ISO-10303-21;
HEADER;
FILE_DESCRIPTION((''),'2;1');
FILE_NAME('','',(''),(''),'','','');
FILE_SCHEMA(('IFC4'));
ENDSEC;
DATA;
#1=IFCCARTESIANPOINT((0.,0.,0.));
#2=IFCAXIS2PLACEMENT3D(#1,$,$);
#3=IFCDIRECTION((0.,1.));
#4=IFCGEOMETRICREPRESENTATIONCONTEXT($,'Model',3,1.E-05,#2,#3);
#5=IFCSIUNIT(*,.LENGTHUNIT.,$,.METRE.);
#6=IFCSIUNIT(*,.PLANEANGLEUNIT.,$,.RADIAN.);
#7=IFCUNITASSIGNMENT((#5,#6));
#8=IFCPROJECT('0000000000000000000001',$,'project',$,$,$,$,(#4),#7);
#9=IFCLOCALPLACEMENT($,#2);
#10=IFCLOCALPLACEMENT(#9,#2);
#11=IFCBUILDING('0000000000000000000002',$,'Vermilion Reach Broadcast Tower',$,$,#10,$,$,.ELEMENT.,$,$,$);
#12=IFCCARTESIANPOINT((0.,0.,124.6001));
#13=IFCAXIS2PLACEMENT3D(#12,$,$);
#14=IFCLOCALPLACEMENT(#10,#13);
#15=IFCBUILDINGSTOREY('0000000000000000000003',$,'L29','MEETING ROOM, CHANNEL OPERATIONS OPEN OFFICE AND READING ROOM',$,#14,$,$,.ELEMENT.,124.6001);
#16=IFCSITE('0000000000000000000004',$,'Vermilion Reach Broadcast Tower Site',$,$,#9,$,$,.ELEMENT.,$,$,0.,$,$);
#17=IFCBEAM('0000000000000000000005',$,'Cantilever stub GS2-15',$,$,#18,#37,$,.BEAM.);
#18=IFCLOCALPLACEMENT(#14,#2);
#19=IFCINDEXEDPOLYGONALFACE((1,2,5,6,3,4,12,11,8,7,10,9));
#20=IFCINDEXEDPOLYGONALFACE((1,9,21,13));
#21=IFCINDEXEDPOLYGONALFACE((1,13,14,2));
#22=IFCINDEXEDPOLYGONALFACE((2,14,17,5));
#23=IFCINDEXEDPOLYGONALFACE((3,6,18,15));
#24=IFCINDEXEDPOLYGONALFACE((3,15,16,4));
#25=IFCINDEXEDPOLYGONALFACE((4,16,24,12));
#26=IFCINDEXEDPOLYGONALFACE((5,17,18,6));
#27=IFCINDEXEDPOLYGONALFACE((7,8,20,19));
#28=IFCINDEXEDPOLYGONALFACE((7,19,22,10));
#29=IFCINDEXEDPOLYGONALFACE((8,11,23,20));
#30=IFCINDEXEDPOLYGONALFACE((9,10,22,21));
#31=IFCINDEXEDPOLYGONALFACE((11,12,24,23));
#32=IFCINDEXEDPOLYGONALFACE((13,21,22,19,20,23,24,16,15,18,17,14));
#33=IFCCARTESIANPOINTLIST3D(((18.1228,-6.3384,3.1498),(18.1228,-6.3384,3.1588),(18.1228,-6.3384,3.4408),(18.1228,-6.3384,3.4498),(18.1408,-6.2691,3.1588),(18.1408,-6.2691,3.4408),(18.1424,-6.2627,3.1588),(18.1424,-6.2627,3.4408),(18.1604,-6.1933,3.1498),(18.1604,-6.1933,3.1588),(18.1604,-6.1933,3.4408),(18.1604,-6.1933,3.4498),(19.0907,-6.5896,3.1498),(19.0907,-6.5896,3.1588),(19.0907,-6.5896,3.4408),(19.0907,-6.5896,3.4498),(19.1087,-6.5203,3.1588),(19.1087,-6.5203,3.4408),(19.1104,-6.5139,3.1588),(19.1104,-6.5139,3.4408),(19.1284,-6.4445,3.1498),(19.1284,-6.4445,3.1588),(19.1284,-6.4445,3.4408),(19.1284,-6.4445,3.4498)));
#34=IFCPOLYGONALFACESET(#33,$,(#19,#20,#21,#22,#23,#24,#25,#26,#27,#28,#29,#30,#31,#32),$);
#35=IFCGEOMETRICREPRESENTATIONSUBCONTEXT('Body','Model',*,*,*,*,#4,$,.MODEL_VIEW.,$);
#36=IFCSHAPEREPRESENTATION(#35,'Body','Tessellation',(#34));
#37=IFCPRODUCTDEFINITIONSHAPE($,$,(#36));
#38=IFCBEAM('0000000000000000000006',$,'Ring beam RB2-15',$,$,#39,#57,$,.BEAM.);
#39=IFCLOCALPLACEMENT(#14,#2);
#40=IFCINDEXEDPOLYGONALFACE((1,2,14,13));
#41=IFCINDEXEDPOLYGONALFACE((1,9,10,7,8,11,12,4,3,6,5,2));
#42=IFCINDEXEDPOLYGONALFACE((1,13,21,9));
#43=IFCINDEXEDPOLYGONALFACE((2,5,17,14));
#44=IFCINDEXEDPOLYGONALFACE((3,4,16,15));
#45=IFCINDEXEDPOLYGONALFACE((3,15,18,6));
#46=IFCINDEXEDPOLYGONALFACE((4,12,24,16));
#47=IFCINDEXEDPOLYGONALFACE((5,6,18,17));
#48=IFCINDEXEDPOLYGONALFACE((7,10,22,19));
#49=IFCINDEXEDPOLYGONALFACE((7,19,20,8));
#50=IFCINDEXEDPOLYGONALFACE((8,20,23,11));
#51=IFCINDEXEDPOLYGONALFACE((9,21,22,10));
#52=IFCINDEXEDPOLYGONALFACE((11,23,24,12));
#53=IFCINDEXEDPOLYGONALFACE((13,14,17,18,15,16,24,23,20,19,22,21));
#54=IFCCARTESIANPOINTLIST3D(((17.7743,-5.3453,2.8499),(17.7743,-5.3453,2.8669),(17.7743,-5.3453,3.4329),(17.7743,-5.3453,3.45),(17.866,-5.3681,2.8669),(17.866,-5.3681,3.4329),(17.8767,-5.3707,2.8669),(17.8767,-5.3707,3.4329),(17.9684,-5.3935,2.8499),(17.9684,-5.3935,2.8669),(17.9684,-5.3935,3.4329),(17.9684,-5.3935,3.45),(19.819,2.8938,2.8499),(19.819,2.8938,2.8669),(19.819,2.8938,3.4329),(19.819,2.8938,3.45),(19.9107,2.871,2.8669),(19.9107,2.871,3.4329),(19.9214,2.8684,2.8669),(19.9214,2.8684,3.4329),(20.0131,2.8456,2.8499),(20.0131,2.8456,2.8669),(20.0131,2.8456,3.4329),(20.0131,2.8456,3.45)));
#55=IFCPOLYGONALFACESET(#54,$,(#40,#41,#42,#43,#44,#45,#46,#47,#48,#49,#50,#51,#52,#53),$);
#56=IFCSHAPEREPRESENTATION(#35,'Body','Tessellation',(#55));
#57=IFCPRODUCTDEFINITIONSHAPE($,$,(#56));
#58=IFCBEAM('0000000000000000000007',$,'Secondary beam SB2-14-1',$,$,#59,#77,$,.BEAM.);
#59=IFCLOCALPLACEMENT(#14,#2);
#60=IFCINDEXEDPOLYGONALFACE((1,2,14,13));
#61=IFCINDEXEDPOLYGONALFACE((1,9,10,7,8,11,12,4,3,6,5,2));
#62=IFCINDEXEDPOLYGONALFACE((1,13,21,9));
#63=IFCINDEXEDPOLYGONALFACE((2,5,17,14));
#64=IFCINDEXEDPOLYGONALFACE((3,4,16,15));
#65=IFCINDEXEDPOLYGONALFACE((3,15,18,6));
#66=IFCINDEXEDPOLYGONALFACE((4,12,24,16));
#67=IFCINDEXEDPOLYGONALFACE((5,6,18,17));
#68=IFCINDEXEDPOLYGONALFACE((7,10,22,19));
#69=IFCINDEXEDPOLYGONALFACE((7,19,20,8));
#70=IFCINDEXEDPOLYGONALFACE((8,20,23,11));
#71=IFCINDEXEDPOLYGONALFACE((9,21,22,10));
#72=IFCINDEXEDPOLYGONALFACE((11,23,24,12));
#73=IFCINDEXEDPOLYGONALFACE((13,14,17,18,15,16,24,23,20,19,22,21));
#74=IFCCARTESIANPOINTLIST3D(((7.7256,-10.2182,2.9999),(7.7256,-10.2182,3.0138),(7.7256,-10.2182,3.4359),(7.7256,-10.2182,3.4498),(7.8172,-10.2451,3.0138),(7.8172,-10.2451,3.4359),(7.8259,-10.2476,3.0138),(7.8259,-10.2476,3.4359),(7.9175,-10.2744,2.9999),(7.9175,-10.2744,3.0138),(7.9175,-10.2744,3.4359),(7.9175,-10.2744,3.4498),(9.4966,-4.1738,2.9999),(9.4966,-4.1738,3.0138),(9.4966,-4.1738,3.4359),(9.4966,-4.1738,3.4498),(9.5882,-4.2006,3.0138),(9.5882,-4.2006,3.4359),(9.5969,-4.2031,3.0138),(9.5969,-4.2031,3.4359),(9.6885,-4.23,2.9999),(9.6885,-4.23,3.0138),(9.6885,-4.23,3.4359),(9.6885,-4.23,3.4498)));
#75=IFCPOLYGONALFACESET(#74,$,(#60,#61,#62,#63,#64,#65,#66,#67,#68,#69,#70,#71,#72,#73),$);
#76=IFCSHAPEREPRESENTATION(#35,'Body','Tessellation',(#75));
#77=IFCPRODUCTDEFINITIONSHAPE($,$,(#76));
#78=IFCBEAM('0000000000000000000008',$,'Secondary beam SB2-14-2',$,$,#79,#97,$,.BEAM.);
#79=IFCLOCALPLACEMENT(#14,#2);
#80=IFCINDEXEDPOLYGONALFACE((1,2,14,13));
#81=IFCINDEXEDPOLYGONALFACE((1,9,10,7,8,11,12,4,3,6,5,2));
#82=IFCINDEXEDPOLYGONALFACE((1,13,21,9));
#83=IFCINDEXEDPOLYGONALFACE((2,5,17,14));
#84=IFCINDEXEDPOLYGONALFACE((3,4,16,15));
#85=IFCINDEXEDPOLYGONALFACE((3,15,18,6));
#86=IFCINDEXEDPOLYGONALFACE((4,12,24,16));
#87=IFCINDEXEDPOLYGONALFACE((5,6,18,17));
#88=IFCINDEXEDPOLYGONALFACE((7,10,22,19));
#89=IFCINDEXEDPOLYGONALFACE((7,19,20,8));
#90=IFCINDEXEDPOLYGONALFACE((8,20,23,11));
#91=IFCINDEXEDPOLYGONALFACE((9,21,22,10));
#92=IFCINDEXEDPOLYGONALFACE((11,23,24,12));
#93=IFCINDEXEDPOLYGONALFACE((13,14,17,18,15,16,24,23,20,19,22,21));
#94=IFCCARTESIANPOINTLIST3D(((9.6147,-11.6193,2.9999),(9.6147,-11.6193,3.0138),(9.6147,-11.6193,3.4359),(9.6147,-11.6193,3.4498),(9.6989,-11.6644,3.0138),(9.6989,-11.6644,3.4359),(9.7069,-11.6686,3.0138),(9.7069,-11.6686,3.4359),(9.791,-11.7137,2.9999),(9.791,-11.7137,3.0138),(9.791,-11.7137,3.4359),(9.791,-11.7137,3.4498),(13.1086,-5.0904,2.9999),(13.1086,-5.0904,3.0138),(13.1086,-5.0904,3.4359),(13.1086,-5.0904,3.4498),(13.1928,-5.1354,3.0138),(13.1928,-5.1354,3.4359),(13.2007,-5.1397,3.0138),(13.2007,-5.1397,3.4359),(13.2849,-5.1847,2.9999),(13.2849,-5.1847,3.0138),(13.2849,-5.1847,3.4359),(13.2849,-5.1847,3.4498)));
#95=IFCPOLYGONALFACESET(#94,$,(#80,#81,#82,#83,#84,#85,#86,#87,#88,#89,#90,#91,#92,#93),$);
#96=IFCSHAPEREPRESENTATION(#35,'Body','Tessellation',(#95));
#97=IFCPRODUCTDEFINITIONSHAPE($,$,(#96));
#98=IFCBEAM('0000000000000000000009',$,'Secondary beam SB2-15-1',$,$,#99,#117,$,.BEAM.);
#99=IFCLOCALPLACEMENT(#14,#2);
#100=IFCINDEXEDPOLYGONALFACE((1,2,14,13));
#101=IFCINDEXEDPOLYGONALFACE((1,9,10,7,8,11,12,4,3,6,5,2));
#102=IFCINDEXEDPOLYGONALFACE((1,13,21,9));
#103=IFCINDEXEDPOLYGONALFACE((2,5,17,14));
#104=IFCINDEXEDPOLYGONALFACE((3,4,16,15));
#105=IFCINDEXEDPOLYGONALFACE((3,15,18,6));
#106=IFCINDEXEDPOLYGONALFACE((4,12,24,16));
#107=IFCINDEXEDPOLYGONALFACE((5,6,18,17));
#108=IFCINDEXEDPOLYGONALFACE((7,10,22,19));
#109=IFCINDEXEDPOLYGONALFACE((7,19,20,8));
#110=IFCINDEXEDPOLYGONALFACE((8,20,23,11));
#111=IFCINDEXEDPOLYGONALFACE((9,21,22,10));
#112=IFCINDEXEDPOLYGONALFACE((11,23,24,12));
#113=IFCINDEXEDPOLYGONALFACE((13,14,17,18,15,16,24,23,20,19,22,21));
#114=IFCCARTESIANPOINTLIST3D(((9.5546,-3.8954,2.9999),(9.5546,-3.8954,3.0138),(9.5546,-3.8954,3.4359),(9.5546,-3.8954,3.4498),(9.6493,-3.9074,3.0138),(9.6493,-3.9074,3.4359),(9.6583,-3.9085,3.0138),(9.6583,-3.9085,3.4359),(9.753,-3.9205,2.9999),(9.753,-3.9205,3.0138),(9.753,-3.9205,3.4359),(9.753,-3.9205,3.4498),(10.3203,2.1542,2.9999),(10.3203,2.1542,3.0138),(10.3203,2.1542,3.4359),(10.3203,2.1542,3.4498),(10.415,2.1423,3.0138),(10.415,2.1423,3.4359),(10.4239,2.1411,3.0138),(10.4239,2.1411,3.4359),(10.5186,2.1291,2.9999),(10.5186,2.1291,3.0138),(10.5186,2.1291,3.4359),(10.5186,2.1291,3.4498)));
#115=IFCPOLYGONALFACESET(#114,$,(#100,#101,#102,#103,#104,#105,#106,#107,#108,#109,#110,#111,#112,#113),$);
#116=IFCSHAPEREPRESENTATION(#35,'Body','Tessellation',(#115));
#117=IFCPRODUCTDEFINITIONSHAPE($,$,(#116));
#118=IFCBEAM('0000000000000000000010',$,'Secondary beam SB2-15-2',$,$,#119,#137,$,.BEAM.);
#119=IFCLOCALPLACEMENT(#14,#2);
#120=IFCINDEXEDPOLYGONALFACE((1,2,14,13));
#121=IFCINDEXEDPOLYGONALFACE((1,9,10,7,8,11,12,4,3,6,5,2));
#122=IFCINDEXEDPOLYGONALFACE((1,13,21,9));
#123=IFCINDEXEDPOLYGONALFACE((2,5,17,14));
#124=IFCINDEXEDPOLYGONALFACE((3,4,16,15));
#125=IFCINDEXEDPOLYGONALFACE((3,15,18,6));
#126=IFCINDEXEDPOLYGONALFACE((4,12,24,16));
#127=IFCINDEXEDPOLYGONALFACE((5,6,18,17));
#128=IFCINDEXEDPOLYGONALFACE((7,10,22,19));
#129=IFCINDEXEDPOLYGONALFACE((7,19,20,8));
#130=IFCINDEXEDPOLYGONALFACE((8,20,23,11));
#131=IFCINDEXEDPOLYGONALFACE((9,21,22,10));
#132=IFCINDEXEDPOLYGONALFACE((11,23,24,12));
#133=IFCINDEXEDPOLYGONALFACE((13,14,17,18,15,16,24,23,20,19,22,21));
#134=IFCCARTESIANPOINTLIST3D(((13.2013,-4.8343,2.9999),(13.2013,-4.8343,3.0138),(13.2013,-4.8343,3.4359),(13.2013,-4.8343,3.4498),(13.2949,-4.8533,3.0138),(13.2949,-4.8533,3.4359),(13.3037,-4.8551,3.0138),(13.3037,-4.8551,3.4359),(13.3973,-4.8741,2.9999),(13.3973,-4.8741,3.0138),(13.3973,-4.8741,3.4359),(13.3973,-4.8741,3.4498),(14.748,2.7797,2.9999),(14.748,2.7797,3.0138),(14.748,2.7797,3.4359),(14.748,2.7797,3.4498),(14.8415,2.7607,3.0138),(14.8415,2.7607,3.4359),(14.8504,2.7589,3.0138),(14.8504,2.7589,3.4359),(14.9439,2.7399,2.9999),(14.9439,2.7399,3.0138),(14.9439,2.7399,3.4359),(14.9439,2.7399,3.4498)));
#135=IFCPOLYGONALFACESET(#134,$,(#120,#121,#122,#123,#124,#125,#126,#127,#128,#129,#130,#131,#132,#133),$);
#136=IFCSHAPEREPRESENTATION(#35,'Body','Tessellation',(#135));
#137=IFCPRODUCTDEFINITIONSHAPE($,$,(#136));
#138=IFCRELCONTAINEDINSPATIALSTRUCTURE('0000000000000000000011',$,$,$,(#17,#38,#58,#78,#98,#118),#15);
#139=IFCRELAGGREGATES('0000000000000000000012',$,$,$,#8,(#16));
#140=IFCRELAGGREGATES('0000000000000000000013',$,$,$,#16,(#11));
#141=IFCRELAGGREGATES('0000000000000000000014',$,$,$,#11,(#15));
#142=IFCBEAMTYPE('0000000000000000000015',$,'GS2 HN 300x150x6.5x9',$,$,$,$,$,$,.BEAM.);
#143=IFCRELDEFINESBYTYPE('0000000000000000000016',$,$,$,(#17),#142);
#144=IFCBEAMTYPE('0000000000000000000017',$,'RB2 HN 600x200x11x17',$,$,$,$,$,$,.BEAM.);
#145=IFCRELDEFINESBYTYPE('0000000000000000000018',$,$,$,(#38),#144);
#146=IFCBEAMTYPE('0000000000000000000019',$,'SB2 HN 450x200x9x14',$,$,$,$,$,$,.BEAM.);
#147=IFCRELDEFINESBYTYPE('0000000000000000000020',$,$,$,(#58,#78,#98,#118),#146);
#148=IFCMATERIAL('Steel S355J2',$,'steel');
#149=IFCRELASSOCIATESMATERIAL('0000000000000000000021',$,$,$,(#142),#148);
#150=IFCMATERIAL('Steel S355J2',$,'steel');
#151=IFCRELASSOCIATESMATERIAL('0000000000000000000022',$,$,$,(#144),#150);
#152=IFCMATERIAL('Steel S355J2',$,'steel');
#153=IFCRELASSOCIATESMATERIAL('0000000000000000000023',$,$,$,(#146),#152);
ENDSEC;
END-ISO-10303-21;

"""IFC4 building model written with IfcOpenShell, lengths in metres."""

from ifc_helpers import new_model, si_unit, direction, frame, origin, origin_2d, place, context, subcontext, project, spatial, i_section, extrude, material, material_profile, profile_set, type_object, element, save


model = new_model("IFC4")

# Units and contexts
model_context = context("Model", 3, precision=1e-05, world=origin(), true_north=direction((0.0, 1.0)))
body_context = subcontext(model_context, "Body", "Model", "MODEL_VIEW")
ifc_project = project(units=[si_unit("LENGTHUNIT", "METRE"), si_unit("PLANEANGLEUNIT", "RADIAN")], contexts=[model_context])

# Site, building, storey
site_placement = place(None, origin())
site = spatial("IfcSite", under=ifc_project, at=site_placement, Name="Vermilion Reach Broadcast Tower Site", CompositionType="ELEMENT", RefElevation=0.0)
building_placement = place(site_placement, origin())
building = spatial("IfcBuilding", under=site, at=building_placement, Name="Vermilion Reach Broadcast Tower", CompositionType="ELEMENT")
storey_placement = place(building_placement, frame((0.0, 0.0, 124.6001)))
storey = spatial("IfcBuildingStorey", under=building, at=storey_placement, Name="L29", Description="MEETING ROOM, CHANNEL OPERATIONS OPEN OFFICE AND READING ROOM", CompositionType="ELEMENT", Elevation=124.6001)

# Beams
ifc_material_1 = material(Name="Steel S355J2", Category="steel")
ifc_material_profile_1 = material_profile(ifc_material_1, i_section(OverallWidth=0.1499, OverallDepth=0.3, WebThickness=0.0066, FlangeThickness=0.009, at=origin_2d()), Name="S355J2 HN 300x150x6.5x9")
ifc_profile_set_1 = profile_set([ifc_material_profile_1], Name="Steel S355J2")
beam_type_1 = type_object("IfcBeamType", Name="GS2 HN 300x150x6.5x9", PredefinedType="BEAM", material=ifc_profile_set_1)
beam_1_placement = place(storey_placement, frame((18.1416, -6.2659, 3.2998), z_axis=(0.967935, -0.251199, 0.0), x_axis=(0.251199, 0.967935, 0.0)))
element("IfcBeam", 1, at=beam_1_placement, inside=storey, type_object=beam_type_1, Name="Cantilever stub GS2-15", PredefinedType="BEAM", context=body_context, shape_type="SweptSolid", body=[
    extrude(i_section(OverallWidth=0.1499, OverallDepth=0.3, WebThickness=0.0066, FlangeThickness=0.009, at=origin_2d()), origin(), (0.0, 0.0, 1.0), 1.0),
])
ifc_material_2 = material(Name="Steel S355J2", Category="steel")
ifc_material_profile_2 = material_profile(ifc_material_2, i_section(OverallWidth=0.2, OverallDepth=0.6001, WebThickness=0.011, FlangeThickness=0.0171, at=origin_2d()), Name="S355J2 HN 600x200x11x17")
ifc_profile_set_2 = profile_set([ifc_material_profile_2], Name="Steel S355J2")
beam_type_2 = type_object("IfcBeamType", Name="RB2 HN 600x200x11x17", PredefinedType="BEAM", material=ifc_profile_set_2)
beam_2_placement = place(storey_placement, frame((17.8713, -5.3694, 3.1499), z_axis=(0.240864, 0.970559, 0.0), x_axis=(-0.970559, 0.240864, 0.0)))
element("IfcBeam", 2, at=beam_2_placement, inside=storey, type_object=beam_type_2, Name="Ring beam RB2-15", PredefinedType="BEAM", context=body_context, shape_type="SweptSolid", body=[
    extrude(i_section(OverallWidth=0.2, OverallDepth=0.6001, WebThickness=0.011, FlangeThickness=0.0171, at=origin_2d()), origin(), (0.0, 0.0, 1.0), 8.489),
])
ifc_material_3 = material(Name="Steel S355J2", Category="steel")
ifc_material_profile_3 = material_profile(ifc_material_3, i_section(OverallWidth=0.2, OverallDepth=0.45, WebThickness=0.009, FlangeThickness=0.0139, at=origin_2d()), Name="S355J2 HN 450x200x9x14")
ifc_profile_set_3 = profile_set([ifc_material_profile_3], Name="Steel S355J2")
beam_type_3 = type_object("IfcBeamType", Name="SB2 HN 450x200x9x14", PredefinedType="BEAM", material=ifc_profile_set_3)
beam_3_placement = place(storey_placement, frame((7.8215, -10.2463, 3.2249), z_axis=(0.281176, 0.959656, 0.0), x_axis=(-0.959656, 0.281176, 0.0)))
element("IfcBeam", 3, at=beam_3_placement, inside=storey, type_object=beam_type_3, Name="Secondary beam SB2-14-1", PredefinedType="BEAM", context=body_context, shape_type="SweptSolid", body=[
    extrude(i_section(OverallWidth=0.2, OverallDepth=0.45, WebThickness=0.009, FlangeThickness=0.0139, at=origin_2d()), origin(), (0.0, 0.0, 1.0), 6.2986),
])
beam_4_placement = place(storey_placement, frame((9.7029, -11.6665, 3.2249), z_axis=(0.471822, 0.881694, 0.0), x_axis=(-0.881694, 0.471822, 0.0)))
element("IfcBeam", 4, at=beam_4_placement, inside=storey, type_object=beam_type_3, Name="Secondary beam SB2-14-2", PredefinedType="BEAM", context=body_context, shape_type="SweptSolid", body=[
    extrude(i_section(OverallWidth=0.2, OverallDepth=0.45, WebThickness=0.009, FlangeThickness=0.0139, at=origin_2d()), origin(), (0.0, 0.0, 1.0), 7.405),
])
beam_5_placement = place(storey_placement, frame((9.6538, -3.908, 3.2249), z_axis=(0.125557, 0.992086, 0.0), x_axis=(-0.992086, 0.125557, 0.0)))
element("IfcBeam", 5, at=beam_5_placement, inside=storey, type_object=beam_type_3, Name="Secondary beam SB2-15-1", PredefinedType="BEAM", context=body_context, shape_type="SweptSolid", body=[
    extrude(i_section(OverallWidth=0.2, OverallDepth=0.45, WebThickness=0.009, FlangeThickness=0.0139, at=origin_2d()), origin(), (0.0, 0.0, 1.0), 6.0979),
])
beam_6_placement = place(storey_placement, frame((13.2993, -4.8542, 3.2249), z_axis=(0.199064, 0.979986, 0.0), x_axis=(-0.979986, 0.199064, 0.0)))
element("IfcBeam", 6, at=beam_6_placement, inside=storey, type_object=beam_type_3, Name="Secondary beam SB2-15-2", PredefinedType="BEAM", context=body_context, shape_type="SweptSolid", body=[
    extrude(i_section(OverallWidth=0.2, OverallDepth=0.45, WebThickness=0.009, FlangeThickness=0.0139, at=origin_2d()), origin(), (0.0, 0.0, 1.0), 7.7695),
])

save(model, "model.ifc")
